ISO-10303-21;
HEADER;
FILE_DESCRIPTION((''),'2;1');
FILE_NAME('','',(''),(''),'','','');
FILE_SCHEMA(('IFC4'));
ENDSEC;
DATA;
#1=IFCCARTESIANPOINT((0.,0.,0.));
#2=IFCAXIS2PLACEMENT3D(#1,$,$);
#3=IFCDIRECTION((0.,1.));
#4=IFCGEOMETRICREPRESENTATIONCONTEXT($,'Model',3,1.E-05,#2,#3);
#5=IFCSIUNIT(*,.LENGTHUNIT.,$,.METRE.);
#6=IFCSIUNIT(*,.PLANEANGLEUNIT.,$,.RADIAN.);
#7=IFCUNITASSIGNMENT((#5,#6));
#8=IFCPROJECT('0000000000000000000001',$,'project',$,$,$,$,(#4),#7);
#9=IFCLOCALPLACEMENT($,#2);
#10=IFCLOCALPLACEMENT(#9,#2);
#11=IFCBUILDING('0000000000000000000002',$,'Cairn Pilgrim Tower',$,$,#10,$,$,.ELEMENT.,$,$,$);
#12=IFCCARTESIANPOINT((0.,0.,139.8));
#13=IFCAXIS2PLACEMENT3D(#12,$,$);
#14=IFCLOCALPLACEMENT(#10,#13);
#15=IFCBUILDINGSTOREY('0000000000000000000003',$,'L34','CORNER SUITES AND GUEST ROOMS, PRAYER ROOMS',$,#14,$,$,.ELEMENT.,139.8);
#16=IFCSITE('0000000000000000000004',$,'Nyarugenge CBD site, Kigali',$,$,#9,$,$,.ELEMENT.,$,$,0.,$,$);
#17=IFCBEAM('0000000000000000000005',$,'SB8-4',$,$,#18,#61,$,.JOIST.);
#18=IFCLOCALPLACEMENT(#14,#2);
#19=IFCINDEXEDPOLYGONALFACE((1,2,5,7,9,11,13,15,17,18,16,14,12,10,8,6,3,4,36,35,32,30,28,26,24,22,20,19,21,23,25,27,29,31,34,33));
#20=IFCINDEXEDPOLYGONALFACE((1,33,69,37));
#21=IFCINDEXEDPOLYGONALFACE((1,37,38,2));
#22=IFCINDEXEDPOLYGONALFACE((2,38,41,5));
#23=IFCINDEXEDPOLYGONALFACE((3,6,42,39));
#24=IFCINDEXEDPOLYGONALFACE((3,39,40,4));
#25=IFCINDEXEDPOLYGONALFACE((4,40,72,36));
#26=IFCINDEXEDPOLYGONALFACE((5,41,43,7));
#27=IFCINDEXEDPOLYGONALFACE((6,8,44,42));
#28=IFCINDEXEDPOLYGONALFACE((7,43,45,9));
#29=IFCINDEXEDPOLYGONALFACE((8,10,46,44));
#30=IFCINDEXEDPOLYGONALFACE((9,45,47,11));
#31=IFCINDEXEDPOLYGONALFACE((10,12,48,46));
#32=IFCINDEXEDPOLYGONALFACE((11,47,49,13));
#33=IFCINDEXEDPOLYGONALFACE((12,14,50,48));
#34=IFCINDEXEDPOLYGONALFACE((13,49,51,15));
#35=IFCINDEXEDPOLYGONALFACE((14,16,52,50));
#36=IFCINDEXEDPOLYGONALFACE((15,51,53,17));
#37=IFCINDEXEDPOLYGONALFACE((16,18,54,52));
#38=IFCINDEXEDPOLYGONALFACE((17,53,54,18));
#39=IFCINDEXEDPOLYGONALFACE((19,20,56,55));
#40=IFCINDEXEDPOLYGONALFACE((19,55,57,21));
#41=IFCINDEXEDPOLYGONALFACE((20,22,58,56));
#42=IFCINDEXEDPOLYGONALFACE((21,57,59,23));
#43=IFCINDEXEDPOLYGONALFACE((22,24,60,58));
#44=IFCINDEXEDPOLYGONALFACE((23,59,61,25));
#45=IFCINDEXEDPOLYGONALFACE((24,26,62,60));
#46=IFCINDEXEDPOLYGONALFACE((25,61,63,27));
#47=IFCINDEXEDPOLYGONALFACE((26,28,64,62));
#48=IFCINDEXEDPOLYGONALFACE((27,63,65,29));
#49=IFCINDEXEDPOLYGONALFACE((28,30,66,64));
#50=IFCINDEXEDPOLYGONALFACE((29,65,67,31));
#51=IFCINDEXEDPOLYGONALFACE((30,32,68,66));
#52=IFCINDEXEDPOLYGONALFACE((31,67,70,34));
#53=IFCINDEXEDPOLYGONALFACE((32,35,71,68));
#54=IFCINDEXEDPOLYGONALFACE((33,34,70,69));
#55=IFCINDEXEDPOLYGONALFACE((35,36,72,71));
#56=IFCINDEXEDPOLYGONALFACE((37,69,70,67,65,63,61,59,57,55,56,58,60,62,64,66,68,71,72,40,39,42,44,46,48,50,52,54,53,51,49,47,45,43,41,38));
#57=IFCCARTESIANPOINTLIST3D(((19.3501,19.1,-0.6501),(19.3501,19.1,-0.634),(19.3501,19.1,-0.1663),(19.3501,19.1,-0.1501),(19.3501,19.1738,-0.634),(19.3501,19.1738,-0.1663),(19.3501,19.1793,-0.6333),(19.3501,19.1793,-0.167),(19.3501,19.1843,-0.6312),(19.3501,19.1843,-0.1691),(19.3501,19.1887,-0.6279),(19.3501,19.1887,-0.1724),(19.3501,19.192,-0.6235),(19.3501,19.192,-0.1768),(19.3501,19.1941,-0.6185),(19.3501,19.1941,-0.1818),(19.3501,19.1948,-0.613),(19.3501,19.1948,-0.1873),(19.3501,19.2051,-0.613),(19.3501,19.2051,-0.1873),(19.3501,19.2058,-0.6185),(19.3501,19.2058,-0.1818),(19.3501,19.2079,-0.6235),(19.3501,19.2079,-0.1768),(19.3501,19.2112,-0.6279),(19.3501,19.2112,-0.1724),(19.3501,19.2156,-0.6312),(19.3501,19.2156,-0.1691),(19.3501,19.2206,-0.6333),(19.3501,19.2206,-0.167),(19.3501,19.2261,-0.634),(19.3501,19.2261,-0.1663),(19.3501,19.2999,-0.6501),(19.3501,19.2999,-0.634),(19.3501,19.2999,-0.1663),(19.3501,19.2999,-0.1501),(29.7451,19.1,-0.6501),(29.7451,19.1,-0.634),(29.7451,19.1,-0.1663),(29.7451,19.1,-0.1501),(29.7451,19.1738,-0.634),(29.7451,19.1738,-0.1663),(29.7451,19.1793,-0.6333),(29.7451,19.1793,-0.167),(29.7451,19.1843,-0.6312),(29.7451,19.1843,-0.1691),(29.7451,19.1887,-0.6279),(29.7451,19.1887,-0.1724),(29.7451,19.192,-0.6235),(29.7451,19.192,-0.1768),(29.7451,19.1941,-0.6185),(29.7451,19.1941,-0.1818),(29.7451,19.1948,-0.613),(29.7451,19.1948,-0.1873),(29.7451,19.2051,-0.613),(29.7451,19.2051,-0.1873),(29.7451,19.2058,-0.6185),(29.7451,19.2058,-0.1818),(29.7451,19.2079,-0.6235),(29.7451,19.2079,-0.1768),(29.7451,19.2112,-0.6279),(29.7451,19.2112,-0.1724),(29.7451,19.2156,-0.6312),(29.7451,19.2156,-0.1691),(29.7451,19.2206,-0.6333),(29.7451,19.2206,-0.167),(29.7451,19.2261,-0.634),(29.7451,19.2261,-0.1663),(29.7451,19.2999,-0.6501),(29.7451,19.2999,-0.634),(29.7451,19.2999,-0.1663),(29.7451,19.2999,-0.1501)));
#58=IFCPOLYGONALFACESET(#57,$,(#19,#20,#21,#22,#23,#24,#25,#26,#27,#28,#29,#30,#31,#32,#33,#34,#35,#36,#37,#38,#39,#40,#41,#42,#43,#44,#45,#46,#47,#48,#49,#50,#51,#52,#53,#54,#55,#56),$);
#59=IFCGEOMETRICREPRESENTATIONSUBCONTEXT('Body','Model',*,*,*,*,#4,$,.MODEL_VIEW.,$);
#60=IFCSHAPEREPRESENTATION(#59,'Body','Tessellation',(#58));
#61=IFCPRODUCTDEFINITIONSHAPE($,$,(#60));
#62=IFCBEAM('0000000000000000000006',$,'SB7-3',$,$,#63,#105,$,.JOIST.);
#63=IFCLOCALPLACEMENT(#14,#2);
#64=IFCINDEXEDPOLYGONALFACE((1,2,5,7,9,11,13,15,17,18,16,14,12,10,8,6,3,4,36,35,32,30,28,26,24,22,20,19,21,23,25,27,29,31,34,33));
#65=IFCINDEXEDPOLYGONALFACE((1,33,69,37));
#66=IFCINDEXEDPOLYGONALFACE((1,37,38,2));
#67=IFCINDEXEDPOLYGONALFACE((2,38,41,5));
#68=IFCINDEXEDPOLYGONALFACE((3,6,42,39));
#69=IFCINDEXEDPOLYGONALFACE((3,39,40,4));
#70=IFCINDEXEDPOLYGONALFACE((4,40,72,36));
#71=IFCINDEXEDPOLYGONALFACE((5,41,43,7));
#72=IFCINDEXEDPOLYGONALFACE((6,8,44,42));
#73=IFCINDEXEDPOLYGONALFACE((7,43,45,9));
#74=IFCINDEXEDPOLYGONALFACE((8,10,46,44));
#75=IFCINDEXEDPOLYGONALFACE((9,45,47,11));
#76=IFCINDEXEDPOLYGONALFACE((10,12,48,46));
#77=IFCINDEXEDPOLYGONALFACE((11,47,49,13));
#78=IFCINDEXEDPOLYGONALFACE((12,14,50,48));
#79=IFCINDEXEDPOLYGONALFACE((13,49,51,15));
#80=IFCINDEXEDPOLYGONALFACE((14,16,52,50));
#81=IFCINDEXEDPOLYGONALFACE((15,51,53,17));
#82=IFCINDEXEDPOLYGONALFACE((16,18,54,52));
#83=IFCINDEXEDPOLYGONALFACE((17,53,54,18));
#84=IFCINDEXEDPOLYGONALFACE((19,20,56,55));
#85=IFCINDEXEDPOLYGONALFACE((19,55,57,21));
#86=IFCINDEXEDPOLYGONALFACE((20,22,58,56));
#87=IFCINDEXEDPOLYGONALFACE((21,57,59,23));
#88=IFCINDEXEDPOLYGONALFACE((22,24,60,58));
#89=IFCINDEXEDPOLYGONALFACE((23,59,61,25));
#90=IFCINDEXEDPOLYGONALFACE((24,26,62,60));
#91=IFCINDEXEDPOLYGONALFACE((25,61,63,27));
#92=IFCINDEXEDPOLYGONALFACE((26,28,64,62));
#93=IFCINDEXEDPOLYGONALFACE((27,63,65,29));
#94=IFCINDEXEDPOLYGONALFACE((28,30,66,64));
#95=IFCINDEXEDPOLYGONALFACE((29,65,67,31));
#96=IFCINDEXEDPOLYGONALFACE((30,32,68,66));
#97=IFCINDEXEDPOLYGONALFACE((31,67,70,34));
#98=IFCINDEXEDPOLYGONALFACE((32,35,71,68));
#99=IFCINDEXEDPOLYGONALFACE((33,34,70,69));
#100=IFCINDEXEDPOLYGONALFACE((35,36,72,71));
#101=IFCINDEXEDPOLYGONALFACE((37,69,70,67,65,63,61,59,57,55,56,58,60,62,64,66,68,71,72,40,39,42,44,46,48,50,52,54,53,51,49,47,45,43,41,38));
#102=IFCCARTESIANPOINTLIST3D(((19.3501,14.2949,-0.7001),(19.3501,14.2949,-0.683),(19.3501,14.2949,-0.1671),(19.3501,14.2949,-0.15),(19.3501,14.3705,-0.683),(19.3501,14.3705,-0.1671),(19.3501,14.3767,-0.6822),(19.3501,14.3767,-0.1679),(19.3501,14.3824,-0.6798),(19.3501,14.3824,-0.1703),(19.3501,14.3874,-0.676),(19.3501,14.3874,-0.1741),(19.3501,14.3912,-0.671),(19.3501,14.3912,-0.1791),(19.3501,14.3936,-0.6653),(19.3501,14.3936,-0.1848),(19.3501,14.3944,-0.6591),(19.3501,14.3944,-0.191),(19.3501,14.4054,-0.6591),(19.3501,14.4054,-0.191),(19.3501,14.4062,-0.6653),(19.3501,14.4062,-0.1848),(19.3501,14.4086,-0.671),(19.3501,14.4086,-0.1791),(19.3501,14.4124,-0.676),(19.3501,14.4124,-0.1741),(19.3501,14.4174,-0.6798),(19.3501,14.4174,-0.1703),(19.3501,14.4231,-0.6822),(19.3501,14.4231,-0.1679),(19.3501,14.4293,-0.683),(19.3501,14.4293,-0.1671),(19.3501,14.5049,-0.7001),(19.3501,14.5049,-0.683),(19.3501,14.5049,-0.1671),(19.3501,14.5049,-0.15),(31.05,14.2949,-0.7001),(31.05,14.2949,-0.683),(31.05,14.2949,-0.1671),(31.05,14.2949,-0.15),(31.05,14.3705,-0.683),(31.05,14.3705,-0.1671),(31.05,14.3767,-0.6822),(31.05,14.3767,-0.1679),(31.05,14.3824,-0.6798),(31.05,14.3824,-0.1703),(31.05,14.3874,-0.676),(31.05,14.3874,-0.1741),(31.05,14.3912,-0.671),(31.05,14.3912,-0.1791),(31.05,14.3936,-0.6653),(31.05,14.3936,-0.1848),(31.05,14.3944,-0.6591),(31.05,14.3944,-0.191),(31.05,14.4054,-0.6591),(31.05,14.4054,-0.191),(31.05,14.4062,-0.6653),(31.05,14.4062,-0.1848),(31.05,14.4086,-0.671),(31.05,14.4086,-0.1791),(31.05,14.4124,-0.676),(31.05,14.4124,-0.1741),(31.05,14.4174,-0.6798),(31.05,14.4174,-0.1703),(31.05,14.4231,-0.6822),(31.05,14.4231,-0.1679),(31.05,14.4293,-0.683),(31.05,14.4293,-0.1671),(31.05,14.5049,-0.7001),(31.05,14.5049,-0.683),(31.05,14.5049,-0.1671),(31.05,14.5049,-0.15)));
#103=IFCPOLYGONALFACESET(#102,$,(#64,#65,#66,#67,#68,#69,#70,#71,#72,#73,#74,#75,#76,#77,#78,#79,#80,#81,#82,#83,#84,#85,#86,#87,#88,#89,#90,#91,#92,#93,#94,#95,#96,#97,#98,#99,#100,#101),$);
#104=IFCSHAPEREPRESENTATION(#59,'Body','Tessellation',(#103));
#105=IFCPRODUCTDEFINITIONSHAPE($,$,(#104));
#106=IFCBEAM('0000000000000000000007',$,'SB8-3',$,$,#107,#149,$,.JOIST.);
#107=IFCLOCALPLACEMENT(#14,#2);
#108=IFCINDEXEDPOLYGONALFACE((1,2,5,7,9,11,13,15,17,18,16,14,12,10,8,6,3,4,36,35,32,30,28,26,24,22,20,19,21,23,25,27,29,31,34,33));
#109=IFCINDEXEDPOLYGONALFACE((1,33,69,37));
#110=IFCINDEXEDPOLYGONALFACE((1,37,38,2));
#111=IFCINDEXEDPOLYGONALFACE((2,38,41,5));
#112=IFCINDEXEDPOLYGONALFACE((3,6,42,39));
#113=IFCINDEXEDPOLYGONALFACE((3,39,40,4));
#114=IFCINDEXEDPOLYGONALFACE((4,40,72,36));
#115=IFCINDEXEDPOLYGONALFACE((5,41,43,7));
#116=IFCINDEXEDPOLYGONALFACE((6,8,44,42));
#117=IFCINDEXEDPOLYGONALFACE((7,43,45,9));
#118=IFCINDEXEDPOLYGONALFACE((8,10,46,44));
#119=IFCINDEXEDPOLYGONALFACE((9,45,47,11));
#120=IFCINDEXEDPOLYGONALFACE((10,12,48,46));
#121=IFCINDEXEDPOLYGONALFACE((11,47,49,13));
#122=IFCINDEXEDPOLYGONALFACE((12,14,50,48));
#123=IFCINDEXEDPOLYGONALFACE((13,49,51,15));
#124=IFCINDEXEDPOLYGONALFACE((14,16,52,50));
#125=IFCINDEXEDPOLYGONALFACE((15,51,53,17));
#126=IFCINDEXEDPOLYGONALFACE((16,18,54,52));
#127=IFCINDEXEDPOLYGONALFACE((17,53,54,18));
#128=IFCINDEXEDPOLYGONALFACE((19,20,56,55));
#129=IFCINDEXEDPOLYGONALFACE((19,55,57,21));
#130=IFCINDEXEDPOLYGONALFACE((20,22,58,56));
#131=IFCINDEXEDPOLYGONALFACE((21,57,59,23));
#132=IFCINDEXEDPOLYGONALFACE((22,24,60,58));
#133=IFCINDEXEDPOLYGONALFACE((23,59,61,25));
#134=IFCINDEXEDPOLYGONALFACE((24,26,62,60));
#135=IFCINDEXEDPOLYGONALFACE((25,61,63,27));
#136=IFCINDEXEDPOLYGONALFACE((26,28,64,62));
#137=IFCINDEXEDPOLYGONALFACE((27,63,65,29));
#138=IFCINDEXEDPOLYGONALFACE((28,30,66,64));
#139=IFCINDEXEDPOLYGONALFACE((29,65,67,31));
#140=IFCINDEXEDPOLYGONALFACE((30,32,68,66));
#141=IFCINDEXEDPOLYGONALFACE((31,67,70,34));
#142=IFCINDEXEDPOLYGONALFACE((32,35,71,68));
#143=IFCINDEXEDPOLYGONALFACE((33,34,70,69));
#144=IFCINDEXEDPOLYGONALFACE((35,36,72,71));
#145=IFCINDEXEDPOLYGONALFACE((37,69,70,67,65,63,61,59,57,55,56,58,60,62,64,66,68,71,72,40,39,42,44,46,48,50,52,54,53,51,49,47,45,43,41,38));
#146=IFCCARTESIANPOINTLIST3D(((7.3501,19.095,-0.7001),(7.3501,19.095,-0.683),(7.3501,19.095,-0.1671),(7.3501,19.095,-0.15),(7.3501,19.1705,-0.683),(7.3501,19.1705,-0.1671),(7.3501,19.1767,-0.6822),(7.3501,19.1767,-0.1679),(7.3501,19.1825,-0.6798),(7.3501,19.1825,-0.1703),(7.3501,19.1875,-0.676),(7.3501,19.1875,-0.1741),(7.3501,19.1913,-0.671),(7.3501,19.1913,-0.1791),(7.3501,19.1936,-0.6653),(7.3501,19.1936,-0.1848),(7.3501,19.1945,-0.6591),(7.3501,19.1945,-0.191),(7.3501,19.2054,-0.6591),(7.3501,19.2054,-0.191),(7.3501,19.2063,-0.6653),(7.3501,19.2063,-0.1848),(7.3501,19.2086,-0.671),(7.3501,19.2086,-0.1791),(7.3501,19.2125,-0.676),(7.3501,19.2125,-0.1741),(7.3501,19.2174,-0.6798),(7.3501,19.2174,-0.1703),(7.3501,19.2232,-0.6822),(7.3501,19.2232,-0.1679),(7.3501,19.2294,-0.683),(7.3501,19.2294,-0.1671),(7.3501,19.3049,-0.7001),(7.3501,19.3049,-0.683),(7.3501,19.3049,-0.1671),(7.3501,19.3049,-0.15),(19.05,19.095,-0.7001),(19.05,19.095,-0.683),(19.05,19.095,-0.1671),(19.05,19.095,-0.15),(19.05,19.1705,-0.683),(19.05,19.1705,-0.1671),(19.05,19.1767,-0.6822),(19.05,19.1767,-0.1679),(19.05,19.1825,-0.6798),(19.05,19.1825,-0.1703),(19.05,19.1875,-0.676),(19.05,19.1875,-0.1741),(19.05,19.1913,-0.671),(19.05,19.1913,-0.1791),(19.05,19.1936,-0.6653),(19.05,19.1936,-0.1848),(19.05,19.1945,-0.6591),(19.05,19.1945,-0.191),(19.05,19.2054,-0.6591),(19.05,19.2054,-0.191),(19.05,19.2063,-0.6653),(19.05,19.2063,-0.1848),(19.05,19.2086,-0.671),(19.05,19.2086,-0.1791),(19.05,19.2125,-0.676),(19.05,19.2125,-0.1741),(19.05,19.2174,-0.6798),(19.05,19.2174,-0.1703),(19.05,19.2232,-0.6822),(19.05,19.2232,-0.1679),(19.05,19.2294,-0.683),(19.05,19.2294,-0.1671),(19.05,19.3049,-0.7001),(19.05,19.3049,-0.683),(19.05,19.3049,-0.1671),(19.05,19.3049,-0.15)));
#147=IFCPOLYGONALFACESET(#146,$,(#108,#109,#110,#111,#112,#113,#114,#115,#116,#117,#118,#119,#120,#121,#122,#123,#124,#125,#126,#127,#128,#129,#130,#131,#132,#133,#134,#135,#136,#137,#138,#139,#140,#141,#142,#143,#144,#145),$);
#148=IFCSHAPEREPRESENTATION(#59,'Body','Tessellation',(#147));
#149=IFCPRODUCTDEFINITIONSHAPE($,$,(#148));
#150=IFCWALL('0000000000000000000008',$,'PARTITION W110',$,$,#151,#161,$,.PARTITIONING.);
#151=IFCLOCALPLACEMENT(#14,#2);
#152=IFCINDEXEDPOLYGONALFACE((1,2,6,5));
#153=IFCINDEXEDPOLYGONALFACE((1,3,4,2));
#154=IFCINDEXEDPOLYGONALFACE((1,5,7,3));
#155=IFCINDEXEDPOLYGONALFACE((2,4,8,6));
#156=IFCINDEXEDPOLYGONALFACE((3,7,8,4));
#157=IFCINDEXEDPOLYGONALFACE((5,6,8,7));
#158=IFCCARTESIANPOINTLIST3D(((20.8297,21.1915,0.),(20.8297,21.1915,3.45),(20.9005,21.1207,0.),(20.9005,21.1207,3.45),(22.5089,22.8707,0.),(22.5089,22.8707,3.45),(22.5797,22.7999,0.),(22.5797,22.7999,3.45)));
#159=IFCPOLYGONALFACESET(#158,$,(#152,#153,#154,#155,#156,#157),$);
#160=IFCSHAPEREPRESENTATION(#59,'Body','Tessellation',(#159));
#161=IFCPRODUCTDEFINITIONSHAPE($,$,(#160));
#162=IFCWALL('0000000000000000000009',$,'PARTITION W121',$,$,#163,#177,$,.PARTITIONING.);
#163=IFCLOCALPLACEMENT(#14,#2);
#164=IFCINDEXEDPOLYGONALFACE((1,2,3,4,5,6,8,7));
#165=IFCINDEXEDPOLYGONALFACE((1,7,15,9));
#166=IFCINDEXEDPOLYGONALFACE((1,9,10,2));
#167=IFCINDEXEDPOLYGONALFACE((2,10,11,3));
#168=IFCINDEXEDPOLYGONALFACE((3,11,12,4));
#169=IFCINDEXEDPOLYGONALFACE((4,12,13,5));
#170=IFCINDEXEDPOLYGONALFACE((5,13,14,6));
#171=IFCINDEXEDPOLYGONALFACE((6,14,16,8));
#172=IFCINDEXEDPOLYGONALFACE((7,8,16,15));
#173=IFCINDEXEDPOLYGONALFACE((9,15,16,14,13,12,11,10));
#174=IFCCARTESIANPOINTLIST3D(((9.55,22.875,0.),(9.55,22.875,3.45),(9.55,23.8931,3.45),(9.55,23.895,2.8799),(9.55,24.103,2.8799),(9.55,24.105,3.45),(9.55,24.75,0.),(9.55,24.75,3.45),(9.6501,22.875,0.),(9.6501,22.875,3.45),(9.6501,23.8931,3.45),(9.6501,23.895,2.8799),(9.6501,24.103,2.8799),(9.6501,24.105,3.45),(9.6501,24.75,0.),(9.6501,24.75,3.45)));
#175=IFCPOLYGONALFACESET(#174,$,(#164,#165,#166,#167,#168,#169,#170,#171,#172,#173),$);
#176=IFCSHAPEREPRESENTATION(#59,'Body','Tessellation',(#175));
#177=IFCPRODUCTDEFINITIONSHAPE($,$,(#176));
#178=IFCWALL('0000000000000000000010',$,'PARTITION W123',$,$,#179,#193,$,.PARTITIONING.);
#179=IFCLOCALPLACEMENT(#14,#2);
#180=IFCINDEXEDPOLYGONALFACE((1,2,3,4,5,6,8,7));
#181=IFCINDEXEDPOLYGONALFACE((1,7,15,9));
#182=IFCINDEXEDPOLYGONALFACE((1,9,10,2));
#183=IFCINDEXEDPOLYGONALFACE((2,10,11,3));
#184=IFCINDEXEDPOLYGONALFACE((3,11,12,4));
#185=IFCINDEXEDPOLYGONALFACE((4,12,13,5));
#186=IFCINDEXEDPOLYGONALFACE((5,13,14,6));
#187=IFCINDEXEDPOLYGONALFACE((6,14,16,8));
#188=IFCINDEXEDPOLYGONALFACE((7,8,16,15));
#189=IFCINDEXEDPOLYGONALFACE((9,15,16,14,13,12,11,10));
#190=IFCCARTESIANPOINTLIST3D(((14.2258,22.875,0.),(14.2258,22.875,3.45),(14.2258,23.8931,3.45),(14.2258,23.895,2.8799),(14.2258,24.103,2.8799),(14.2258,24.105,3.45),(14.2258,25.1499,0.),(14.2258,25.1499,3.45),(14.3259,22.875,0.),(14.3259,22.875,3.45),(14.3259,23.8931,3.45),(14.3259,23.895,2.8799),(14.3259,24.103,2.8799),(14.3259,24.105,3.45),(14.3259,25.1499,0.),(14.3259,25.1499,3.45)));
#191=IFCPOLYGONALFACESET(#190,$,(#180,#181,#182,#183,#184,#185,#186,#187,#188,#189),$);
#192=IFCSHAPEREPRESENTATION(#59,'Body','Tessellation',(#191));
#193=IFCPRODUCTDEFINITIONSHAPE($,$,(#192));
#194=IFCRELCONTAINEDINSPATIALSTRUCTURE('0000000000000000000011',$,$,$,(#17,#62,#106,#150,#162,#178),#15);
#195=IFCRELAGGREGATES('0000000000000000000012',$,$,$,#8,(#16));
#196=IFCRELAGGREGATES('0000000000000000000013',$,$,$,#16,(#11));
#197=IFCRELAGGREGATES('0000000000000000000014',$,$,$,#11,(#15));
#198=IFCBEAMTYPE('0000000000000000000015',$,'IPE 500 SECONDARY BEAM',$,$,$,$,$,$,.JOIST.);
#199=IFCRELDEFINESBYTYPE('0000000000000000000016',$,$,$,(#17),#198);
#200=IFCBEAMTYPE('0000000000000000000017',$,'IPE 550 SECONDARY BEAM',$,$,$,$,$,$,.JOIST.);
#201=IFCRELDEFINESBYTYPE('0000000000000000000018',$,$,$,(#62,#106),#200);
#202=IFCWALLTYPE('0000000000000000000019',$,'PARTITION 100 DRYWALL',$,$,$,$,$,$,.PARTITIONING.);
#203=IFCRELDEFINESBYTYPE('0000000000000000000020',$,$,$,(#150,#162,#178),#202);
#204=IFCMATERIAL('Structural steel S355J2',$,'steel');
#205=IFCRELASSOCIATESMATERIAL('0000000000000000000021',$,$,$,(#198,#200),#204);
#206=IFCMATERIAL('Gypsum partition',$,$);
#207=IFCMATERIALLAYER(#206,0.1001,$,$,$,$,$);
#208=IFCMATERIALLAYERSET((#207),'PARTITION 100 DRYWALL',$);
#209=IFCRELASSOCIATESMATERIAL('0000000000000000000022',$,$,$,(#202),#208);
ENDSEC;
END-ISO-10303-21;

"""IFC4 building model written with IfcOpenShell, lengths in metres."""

from ifc_helpers import new_model, si_unit, direction, frame, frame_2d, origin, origin_2d, place, context, subcontext, project, spatial, polyline, rectangle, i_section, outline, extrude, material, layer, layer_set, material_profile, profile_set, type_object, element, save


model = new_model("IFC4")

# Units and contexts
model_context = context("Model", 3, precision=1e-05, world=origin(), true_north=direction((0.0, 1.0)))
body_context = subcontext(model_context, "Body", "Model", "MODEL_VIEW")
ifc_project = project(units=[si_unit("LENGTHUNIT", "METRE"), si_unit("PLANEANGLEUNIT", "RADIAN")], contexts=[model_context])

# Site, building, storey
site_placement = place(None, origin())
site = spatial("IfcSite", under=ifc_project, at=site_placement, Name="Nyarugenge CBD site, Kigali", CompositionType="ELEMENT", RefElevation=0.0)
building_placement = place(site_placement, origin())
building = spatial("IfcBuilding", under=site, at=building_placement, Name="Cairn Pilgrim Tower", CompositionType="ELEMENT")
storey_placement = place(building_placement, frame((0.0, 0.0, 139.8)))
storey = spatial("IfcBuildingStorey", under=building, at=storey_placement, Name="L34", Description="CORNER SUITES AND GUEST ROOMS, PRAYER ROOMS", CompositionType="ELEMENT", Elevation=139.8)

# Beams
ifc_material_1 = material(Name="Structural steel S355J2", Category="steel")
ifc_material_profile_1 = material_profile(ifc_material_1, i_section(OverallWidth=0.2, OverallDepth=0.5, WebThickness=0.0103, FlangeThickness=0.0161, FilletRadius=0.021, at=origin_2d()), Name="IPE 500")
ifc_profile_set_1 = profile_set([ifc_material_profile_1], Name="Structural steel S355J2")
beam_type_1 = type_object("IfcBeamType", Name="IPE 500 SECONDARY BEAM", PredefinedType="JOIST", material=ifc_profile_set_1)
beam_placement = place(storey_placement, frame((19.3501, 19.2, -0.4001), z_axis=(1.0, 0.0, 0.0), x_axis=(0.0, 1.0, 0.0)))
element("IfcBeam", 1, at=beam_placement, inside=storey, type_object=beam_type_1, Name="SB8-4", PredefinedType="JOIST", context=body_context, shape_type="SweptSolid", body=[
    extrude(i_section(OverallWidth=0.2, OverallDepth=0.5, WebThickness=0.0103, FlangeThickness=0.0161, FilletRadius=0.021, at=origin_2d()), origin(), (0.0, 0.0, 1.0), 10.395),
])
ifc_material_profile_2 = material_profile(ifc_material_1, i_section(OverallWidth=0.21, OverallDepth=0.55, WebThickness=0.011, FlangeThickness=0.0171, FilletRadius=0.0239, at=origin_2d()), Name="IPE 550")
ifc_profile_set_2 = profile_set([ifc_material_profile_2], Name="Structural steel S355J2")
beam_type_2 = type_object("IfcBeamType", Name="IPE 550 SECONDARY BEAM", PredefinedType="JOIST", material=ifc_profile_set_2)
for number, where, z_axis, x_axis, name in (
    (2, (19.3501, 14.3999, -0.425), (1.0, 0.0, 0.0), (0.0, 1.0, 0.0), "SB7-3"),
    (3, (7.3501, 19.2, -0.425), (1.0, 0.0, 0.0), (0.0, 1.0, 0.0), "SB8-3"),
):
    element("IfcBeam", number, at=place(storey_placement, frame(where, z_axis=z_axis, x_axis=x_axis)), inside=storey, type_object=beam_type_2, Name=name, PredefinedType="JOIST", context=body_context, shape_type="SweptSolid", body=[
        extrude(i_section(OverallWidth=0.21, OverallDepth=0.55, WebThickness=0.011, FlangeThickness=0.0171, FilletRadius=0.0239, at=origin_2d()), origin(), (0.0, 0.0, 1.0), 11.7),
    ])

# Walls
ifc_material_2 = material(Name="Gypsum partition")
ifc_layer_1 = layer(ifc_material_2, 0.1001)
ifc_layer_set_1 = layer_set([ifc_layer_1], Name="PARTITION 100 DRYWALL")
wall_type_1 = type_object("IfcWallType", Name="PARTITION 100 DRYWALL", PredefinedType="PARTITIONING", material=ifc_layer_set_1)
wall_1_placement = place(storey_placement, frame((20.865, 21.156, 0.0), z_axis=(0.0, 0.0, 1.0), x_axis=(0.707107, 0.707107, 0.0)))
element("IfcWall", 4, at=wall_1_placement, inside=storey, type_object=wall_type_1, Name="PARTITION W110", PredefinedType="PARTITIONING", context=body_context, shape_type="SweptSolid", body=[
    extrude(rectangle(XDim=2.3748, YDim=0.1001, at=frame_2d((1.1875, 0.0))), origin(), (0.0, 0.0, 1.0), 3.45),
])
wall_2_placement = place(storey_placement, frame((9.6001, 22.875, 0.0), z_axis=(0.0, 0.0, 1.0), x_axis=(0.0, 1.0, 0.0)))
element("IfcWall", 5, at=wall_2_placement, inside=storey, type_object=wall_type_1, Name="PARTITION W121", PredefinedType="PARTITIONING", context=body_context, shape_type="SweptSolid", body=[
    extrude(outline(polyline([(0.0, 0.0), (1.875, 0.0), (1.875, 3.45), (1.23, 3.45), (1.228, 2.8799), (1.02, 2.8799), (1.0181, 3.45), (0.0, 3.45), (0.0, 0.0)])), frame((0.0, 0.05, 0.0), z_axis=(0.0, -1.0, 0.0), x_axis=(1.0, 0.0, 0.0)), (0.0, 0.0, 1.0), 0.1001),
])
wall_3_placement = place(storey_placement, frame((14.2759, 22.875, 0.0), z_axis=(0.0, 0.0, 1.0), x_axis=(0.0, 1.0, 0.0)))
element("IfcWall", 6, at=wall_3_placement, inside=storey, type_object=wall_type_1, Name="PARTITION W123", PredefinedType="PARTITIONING", context=body_context, shape_type="SweptSolid", body=[
    extrude(outline(polyline([(0.0, 0.0), (2.2749, 0.0), (2.2749, 3.45), (1.23, 3.45), (1.228, 2.8799), (1.02, 2.8799), (1.0181, 3.45), (0.0, 3.45), (0.0, 0.0)])), frame((0.0, 0.05, 0.0), z_axis=(0.0, -1.0, 0.0), x_axis=(1.0, 0.0, 0.0)), (0.0, 0.0, 1.0), 0.1001),
])

save(model, "model.ifc")
